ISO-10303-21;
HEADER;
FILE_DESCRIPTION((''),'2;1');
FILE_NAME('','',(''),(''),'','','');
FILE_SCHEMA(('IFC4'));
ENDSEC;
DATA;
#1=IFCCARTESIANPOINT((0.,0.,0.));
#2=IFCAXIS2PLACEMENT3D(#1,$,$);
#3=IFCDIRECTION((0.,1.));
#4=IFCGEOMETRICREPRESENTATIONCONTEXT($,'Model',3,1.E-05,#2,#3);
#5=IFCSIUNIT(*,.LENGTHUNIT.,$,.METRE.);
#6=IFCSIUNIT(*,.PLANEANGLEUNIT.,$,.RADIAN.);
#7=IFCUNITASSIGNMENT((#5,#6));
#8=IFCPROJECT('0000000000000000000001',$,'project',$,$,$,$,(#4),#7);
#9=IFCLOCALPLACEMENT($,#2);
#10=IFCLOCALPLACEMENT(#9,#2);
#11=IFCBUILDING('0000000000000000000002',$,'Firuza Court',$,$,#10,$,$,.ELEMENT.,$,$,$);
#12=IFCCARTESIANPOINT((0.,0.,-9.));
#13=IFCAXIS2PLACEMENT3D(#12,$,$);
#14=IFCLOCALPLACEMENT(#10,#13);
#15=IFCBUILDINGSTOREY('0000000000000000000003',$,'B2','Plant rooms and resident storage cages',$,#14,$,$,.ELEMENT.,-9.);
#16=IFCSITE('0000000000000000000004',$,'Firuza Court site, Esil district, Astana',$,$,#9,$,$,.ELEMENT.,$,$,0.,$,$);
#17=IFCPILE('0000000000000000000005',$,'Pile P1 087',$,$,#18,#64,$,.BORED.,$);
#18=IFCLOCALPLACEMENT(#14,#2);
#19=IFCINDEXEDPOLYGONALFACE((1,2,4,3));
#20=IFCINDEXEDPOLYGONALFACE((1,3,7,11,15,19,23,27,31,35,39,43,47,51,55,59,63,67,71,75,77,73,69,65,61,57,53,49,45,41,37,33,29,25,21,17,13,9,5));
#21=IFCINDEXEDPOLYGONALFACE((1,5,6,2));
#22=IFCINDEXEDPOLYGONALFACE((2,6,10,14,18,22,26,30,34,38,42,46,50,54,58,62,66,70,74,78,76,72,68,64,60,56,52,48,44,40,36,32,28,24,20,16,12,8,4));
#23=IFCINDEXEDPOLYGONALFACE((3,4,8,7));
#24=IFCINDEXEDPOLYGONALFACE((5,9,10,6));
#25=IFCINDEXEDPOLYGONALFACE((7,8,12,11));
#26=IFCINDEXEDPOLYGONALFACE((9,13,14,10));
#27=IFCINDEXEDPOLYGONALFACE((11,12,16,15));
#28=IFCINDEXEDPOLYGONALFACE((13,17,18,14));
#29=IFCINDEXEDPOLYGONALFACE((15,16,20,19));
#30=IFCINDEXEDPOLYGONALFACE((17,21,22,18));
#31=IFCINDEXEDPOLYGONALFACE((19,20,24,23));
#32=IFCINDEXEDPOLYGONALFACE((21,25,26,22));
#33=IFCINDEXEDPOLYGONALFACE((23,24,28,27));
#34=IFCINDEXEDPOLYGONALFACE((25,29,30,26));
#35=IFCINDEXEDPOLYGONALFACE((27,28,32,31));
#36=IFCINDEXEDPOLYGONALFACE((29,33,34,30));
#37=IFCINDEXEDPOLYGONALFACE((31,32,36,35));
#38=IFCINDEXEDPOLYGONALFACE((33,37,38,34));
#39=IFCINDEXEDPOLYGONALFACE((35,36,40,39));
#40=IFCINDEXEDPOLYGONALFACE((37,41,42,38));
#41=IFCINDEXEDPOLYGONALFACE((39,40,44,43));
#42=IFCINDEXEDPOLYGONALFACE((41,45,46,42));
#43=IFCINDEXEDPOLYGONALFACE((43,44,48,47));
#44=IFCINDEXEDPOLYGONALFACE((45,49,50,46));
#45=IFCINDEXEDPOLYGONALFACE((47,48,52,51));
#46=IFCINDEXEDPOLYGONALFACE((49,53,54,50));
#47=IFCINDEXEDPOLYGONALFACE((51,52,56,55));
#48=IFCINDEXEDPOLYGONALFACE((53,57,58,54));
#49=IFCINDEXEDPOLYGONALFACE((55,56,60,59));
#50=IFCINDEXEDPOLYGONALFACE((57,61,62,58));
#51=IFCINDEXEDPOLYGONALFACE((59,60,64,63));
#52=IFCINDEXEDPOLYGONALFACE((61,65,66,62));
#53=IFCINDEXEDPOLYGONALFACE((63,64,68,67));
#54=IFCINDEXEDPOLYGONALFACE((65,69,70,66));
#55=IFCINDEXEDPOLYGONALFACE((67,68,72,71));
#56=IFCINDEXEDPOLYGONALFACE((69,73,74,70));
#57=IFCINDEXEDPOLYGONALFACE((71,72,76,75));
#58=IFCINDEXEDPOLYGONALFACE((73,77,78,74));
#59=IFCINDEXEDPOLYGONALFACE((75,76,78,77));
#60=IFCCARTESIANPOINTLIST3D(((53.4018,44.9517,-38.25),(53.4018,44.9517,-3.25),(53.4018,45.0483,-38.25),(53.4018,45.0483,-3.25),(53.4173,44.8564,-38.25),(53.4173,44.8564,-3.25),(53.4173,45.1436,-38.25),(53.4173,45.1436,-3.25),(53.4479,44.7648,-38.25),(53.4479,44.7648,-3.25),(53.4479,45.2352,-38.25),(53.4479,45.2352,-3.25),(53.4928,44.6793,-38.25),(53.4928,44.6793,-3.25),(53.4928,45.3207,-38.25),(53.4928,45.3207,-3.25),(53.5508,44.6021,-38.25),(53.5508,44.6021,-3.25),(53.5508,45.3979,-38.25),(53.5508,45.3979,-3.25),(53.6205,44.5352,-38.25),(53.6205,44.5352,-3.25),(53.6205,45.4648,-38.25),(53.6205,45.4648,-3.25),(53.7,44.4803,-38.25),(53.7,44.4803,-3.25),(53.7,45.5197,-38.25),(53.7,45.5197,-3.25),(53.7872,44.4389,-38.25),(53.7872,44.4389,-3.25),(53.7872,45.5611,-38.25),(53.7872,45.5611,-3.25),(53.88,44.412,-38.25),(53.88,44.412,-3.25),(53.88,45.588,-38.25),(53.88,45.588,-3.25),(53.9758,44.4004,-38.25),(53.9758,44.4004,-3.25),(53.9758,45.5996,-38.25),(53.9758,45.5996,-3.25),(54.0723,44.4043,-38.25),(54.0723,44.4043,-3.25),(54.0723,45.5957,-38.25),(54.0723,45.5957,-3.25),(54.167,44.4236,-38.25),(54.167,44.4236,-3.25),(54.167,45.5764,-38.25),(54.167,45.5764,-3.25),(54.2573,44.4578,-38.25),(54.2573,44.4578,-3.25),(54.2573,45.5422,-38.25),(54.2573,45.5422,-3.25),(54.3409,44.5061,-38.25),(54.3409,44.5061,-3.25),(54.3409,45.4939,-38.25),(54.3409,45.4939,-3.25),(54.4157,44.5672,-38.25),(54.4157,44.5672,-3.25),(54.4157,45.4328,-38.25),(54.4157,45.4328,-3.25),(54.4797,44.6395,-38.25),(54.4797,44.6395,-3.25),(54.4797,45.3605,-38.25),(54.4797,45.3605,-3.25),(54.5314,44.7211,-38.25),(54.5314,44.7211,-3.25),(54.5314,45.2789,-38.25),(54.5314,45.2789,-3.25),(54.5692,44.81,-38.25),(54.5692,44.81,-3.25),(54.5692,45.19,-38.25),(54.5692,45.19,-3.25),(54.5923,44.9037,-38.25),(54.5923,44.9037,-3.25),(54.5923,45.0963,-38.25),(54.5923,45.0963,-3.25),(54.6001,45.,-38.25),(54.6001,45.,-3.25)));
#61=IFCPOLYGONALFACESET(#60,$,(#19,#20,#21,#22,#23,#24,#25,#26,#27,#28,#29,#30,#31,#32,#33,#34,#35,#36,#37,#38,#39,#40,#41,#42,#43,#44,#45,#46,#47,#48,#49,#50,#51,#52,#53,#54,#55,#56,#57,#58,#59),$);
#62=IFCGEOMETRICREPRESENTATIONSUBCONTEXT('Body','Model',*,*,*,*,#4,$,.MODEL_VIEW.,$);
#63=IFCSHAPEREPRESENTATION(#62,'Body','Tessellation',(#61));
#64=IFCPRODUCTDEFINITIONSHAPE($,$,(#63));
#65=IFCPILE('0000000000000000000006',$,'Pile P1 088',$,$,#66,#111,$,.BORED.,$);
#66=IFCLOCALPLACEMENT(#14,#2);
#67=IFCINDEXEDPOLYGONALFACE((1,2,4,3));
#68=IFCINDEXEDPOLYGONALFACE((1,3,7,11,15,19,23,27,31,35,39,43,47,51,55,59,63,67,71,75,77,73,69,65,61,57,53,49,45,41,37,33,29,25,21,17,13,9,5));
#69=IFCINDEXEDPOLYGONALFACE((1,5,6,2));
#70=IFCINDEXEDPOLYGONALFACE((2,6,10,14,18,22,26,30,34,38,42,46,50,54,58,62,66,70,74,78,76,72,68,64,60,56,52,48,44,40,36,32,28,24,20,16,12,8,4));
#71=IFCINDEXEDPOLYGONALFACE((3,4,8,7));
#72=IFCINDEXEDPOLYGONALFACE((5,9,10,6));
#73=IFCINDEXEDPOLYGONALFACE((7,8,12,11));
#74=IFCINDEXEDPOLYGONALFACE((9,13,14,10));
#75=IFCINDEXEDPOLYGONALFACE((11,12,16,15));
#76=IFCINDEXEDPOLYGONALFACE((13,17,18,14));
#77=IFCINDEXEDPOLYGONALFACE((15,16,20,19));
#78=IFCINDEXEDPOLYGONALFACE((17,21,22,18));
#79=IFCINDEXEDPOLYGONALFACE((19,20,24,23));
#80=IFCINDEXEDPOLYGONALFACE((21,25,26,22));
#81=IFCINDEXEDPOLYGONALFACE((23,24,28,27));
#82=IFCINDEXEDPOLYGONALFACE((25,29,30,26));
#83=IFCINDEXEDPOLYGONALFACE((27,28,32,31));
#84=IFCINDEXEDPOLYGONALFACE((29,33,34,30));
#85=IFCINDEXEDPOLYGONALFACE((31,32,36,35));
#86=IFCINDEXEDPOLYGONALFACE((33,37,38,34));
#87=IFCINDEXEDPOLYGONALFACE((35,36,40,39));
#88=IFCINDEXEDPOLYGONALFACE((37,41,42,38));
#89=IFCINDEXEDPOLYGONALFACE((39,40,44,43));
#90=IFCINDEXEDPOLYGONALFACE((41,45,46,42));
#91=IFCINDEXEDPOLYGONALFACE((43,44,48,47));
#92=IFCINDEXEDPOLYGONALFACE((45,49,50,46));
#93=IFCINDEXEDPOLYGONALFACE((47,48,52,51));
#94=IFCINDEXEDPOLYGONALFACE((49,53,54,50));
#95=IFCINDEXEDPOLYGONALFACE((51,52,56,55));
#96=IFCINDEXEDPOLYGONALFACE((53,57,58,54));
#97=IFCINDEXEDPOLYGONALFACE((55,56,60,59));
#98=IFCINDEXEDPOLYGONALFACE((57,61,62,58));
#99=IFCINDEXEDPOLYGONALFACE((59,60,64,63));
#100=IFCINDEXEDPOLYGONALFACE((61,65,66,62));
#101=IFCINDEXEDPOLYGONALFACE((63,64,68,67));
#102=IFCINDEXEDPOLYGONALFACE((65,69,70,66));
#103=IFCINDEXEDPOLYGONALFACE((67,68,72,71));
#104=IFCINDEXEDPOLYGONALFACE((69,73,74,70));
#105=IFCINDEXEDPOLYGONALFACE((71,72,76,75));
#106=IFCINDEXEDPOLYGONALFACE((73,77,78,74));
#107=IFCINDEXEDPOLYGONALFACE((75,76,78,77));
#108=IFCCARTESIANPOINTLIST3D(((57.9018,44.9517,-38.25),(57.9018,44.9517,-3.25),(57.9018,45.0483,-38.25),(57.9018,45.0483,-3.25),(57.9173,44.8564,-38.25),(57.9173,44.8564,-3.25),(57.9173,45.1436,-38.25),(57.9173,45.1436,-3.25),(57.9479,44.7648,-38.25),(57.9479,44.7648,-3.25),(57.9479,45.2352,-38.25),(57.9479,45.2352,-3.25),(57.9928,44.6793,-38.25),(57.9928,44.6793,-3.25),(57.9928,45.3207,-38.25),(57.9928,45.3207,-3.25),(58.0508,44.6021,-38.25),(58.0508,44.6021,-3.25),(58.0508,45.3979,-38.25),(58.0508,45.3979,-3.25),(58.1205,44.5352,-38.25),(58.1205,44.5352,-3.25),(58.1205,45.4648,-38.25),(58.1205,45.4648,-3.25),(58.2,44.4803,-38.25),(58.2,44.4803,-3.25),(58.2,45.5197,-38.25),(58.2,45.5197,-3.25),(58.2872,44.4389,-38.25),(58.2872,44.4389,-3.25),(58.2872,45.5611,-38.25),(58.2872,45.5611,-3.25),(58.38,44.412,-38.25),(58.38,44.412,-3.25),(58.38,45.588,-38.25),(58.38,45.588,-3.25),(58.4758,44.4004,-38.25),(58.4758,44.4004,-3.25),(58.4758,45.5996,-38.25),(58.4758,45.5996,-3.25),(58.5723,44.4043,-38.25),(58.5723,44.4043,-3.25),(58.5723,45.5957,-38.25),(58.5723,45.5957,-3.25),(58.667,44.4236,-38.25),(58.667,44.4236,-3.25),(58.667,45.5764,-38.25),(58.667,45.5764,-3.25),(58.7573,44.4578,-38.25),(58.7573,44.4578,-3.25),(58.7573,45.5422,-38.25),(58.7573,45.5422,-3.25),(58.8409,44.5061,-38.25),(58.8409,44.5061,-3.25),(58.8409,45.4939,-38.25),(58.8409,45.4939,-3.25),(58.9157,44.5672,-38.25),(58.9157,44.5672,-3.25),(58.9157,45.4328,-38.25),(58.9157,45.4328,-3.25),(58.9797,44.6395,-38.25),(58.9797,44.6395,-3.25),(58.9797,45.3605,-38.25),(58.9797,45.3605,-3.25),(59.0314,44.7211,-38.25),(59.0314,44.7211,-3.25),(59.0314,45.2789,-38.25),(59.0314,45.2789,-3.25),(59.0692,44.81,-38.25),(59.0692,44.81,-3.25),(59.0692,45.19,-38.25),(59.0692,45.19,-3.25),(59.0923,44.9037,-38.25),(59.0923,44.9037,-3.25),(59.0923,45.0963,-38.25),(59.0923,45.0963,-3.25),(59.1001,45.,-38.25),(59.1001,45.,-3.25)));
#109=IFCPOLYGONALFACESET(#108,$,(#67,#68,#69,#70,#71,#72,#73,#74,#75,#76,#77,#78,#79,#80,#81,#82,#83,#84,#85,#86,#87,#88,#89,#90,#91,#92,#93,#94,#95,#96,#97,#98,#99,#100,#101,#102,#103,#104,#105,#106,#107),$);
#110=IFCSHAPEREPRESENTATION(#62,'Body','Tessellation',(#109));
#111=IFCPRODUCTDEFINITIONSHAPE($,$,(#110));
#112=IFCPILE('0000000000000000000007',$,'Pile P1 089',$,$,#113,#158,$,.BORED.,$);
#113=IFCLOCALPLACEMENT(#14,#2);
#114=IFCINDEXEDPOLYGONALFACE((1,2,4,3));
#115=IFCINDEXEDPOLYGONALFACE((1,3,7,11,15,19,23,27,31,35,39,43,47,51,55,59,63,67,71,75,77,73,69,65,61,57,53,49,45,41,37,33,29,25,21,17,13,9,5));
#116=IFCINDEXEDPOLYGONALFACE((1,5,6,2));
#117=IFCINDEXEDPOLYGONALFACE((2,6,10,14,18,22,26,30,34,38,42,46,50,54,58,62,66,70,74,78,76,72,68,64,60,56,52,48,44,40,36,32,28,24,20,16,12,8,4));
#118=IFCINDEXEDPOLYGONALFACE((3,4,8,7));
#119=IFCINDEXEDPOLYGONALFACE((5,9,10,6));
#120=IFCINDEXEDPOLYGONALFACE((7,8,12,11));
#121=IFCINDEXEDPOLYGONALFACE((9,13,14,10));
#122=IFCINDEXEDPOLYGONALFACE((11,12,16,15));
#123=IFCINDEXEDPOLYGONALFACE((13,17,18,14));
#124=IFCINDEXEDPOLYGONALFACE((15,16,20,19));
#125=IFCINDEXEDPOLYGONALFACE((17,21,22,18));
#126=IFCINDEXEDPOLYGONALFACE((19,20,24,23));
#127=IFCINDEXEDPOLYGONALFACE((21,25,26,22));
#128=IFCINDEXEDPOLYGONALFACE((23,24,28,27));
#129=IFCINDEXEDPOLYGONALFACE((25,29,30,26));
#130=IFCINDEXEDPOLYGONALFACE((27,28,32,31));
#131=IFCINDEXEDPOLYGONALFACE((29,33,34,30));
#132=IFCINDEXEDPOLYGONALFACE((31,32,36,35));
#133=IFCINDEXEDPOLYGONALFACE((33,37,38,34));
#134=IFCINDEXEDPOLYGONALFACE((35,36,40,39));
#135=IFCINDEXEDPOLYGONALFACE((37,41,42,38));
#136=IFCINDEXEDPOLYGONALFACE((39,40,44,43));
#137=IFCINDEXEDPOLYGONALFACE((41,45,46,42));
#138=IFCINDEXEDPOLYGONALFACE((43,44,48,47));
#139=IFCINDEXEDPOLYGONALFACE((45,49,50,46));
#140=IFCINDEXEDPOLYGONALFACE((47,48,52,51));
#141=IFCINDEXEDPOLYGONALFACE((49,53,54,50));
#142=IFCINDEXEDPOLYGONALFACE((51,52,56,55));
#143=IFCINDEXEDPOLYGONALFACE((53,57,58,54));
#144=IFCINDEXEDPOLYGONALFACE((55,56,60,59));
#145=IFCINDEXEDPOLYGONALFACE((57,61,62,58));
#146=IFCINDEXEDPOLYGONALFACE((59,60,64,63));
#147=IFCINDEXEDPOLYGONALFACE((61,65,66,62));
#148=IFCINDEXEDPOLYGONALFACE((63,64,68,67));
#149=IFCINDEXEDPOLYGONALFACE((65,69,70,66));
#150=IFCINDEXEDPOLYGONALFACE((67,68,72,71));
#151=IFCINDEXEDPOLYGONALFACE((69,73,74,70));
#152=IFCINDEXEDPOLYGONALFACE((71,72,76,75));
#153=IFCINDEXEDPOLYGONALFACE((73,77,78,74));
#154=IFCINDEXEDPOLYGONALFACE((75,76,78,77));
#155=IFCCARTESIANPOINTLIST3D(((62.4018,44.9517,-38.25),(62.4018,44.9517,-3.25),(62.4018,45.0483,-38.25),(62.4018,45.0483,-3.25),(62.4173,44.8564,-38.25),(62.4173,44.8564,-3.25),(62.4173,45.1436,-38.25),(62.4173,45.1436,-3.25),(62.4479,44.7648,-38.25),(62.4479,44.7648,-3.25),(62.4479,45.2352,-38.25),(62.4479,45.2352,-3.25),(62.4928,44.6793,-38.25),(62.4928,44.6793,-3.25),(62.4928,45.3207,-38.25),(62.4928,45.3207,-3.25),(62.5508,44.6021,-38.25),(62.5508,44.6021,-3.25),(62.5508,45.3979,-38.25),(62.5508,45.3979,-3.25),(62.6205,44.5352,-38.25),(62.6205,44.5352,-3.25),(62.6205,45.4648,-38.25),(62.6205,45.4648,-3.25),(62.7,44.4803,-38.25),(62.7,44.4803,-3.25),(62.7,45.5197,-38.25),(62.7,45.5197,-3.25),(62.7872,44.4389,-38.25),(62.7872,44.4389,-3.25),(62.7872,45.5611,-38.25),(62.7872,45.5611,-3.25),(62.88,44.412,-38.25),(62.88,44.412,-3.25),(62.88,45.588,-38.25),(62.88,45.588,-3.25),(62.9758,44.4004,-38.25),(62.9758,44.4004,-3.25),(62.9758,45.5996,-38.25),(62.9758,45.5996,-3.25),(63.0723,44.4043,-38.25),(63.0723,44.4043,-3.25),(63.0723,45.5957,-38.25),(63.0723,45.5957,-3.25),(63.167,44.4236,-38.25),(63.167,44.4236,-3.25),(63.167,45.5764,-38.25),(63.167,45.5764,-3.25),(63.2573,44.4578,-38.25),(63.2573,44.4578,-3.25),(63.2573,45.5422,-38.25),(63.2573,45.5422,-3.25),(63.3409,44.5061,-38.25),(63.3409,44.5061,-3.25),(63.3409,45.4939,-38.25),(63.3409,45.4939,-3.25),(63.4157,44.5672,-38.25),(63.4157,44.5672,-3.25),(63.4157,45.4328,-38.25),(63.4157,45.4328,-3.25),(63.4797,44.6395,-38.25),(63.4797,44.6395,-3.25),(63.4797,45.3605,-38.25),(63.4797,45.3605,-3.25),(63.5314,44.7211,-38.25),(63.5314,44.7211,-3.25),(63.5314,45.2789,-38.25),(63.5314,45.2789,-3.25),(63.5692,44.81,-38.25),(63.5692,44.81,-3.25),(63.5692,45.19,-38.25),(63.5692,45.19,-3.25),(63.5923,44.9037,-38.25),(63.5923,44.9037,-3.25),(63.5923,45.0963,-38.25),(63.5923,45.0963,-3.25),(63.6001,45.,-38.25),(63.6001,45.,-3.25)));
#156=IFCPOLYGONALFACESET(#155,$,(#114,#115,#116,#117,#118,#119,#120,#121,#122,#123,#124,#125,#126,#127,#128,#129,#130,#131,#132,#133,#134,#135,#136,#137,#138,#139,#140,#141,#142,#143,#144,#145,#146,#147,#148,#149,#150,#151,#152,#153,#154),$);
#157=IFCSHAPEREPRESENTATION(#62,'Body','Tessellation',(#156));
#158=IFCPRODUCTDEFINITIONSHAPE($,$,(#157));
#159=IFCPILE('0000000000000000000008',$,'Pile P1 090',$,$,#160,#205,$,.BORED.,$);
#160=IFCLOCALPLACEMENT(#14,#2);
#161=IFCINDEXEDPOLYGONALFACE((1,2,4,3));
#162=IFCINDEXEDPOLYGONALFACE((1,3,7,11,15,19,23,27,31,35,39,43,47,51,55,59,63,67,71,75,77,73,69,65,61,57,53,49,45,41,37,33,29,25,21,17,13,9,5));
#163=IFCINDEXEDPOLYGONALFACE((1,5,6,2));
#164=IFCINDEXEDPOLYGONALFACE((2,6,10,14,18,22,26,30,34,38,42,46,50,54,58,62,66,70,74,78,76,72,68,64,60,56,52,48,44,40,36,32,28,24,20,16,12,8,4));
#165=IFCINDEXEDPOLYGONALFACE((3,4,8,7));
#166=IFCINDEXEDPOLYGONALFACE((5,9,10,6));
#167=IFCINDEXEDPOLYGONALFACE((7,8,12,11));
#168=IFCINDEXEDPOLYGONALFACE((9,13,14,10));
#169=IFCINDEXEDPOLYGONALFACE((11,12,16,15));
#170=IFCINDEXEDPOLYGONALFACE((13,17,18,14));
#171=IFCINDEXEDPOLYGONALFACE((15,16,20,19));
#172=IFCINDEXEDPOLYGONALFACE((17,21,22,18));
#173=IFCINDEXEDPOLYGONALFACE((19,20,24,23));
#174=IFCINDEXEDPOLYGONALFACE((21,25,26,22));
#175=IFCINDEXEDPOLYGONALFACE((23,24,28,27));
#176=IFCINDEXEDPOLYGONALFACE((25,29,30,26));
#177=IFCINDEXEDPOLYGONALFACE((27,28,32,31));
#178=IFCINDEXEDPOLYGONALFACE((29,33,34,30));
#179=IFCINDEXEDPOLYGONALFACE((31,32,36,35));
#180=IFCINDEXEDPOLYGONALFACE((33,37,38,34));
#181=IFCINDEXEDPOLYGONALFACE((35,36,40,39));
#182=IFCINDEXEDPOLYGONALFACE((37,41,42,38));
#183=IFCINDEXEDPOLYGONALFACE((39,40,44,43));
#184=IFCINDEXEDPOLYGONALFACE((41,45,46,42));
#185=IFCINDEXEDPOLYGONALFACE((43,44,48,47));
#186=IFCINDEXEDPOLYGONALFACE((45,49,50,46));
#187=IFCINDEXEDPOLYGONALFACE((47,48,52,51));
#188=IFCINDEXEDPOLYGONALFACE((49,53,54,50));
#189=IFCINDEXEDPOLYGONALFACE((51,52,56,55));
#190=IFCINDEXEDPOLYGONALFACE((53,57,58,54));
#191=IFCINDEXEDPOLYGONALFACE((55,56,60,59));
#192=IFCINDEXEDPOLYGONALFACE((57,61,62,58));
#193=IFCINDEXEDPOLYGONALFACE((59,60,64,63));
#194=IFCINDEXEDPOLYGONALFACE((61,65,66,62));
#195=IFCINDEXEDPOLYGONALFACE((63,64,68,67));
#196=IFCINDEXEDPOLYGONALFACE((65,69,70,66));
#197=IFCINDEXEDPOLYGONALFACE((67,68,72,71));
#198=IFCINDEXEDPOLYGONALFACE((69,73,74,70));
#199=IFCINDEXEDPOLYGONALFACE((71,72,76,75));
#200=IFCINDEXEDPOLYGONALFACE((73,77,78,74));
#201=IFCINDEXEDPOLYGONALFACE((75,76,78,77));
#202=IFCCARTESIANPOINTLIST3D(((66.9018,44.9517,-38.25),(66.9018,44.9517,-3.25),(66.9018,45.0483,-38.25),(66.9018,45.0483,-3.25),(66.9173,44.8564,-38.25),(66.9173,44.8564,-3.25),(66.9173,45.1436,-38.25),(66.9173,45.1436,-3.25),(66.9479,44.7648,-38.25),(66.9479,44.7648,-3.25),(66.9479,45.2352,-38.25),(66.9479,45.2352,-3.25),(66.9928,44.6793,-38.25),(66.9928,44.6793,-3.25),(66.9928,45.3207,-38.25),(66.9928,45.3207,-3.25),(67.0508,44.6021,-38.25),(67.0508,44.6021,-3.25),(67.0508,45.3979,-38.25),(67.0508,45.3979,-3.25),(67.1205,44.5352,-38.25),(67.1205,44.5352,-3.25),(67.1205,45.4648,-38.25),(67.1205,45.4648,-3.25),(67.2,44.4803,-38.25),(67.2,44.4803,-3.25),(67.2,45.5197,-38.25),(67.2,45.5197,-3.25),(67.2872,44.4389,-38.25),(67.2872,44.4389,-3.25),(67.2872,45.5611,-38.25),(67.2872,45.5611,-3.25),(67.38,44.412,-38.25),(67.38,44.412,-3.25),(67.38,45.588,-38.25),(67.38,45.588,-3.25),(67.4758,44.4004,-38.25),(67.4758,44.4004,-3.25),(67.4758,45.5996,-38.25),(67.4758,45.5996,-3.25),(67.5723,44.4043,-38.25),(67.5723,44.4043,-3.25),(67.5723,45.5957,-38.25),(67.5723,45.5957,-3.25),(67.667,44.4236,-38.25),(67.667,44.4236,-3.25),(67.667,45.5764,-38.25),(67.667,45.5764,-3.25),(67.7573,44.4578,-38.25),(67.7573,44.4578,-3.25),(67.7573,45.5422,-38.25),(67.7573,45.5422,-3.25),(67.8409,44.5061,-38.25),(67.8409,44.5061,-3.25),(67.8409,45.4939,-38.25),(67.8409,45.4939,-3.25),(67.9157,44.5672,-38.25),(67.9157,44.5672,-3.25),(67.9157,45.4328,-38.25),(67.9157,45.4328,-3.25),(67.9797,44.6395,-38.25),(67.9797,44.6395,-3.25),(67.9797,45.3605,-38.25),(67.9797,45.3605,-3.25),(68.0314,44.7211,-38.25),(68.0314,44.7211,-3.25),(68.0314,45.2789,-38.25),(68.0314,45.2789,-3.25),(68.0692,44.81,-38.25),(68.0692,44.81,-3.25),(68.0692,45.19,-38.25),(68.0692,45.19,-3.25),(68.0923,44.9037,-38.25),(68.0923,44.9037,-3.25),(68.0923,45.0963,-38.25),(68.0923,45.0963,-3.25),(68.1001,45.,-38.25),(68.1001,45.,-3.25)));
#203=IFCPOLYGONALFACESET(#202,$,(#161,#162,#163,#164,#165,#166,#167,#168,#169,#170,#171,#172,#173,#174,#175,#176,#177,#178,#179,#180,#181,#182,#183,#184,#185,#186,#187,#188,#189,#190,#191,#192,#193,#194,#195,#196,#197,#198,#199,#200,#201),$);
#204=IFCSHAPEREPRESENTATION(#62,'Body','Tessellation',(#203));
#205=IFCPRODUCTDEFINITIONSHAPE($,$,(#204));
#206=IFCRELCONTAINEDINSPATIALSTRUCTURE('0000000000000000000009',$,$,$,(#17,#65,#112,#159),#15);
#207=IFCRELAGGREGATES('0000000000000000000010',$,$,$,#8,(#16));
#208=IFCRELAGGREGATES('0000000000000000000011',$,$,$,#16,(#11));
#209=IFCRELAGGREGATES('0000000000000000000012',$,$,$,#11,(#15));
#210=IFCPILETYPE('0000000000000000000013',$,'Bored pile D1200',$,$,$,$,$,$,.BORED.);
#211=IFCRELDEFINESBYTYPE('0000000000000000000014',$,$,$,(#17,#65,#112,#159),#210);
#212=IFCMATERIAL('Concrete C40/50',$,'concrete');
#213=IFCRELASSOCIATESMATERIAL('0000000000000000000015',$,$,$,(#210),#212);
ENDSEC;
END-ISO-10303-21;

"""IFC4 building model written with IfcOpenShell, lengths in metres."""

from ifc_helpers import new_model, si_unit, direction, frame, origin, origin_2d, place, context, subcontext, project, spatial, circle, extrude, material, material_profile, profile_set, type_object, element, save


model = new_model("IFC4")

# Units and contexts
model_context = context("Model", 3, precision=1e-05, world=origin(), true_north=direction((0.0, 1.0)))
body_context = subcontext(model_context, "Body", "Model", "MODEL_VIEW")
ifc_project = project(units=[si_unit("LENGTHUNIT", "METRE"), si_unit("PLANEANGLEUNIT", "RADIAN")], contexts=[model_context])

# Site, building, storey
site_placement = place(None, origin())
site = spatial("IfcSite", under=ifc_project, at=site_placement, Name="Firuza Court site, Esil district, Astana", CompositionType="ELEMENT", RefElevation=0.0)
building_placement = place(site_placement, origin())
building = spatial("IfcBuilding", under=site, at=building_placement, Name="Firuza Court", CompositionType="ELEMENT")
storey_placement = place(building_placement, frame((0.0, 0.0, -9.0)))
storey = spatial("IfcBuildingStorey", under=building, at=storey_placement, Name="B2", Description="Plant rooms and resident storage cages", CompositionType="ELEMENT", Elevation=-9.0)

# Piles
ifc_material_1 = material(Name="Concrete C40/50", Category="concrete")
ifc_material_profile_1 = material_profile(ifc_material_1, circle(Radius=0.6001, at=origin_2d()), Name="Pile D1200")
ifc_profile_set_1 = profile_set([ifc_material_profile_1], Name="Concrete C40/50")
pile_type = type_object("IfcPileType", Name="Bored pile D1200", PredefinedType="BORED", material=ifc_profile_set_1)
for number, where, z_axis, x_axis, name in (
    (1, (54.0, 45.0, -3.25), (0.0, 0.0, -1.0), (1.0, 0.0, 0.0), "Pile P1 087"),
    (2, (58.5, 45.0, -3.25), (0.0, 0.0, -1.0), (1.0, 0.0, 0.0), "Pile P1 088"),
    (3, (63.0, 45.0, -3.25), (0.0, 0.0, -1.0), (1.0, 0.0, 0.0), "Pile P1 089"),
    (4, (67.5, 45.0, -3.25), (0.0, 0.0, -1.0), (1.0, 0.0, 0.0), "Pile P1 090"),
):
    element("IfcPile", number, at=place(storey_placement, frame(where, z_axis=z_axis, x_axis=x_axis)), inside=storey, type_object=pile_type, Name=name, PredefinedType="BORED", context=body_context, shape_type="SweptSolid", body=[
        extrude(circle(Radius=0.6001, at=origin_2d()), origin(), (0.0, 0.0, 1.0), 35.0),
    ])

save(model, "model.ifc")
